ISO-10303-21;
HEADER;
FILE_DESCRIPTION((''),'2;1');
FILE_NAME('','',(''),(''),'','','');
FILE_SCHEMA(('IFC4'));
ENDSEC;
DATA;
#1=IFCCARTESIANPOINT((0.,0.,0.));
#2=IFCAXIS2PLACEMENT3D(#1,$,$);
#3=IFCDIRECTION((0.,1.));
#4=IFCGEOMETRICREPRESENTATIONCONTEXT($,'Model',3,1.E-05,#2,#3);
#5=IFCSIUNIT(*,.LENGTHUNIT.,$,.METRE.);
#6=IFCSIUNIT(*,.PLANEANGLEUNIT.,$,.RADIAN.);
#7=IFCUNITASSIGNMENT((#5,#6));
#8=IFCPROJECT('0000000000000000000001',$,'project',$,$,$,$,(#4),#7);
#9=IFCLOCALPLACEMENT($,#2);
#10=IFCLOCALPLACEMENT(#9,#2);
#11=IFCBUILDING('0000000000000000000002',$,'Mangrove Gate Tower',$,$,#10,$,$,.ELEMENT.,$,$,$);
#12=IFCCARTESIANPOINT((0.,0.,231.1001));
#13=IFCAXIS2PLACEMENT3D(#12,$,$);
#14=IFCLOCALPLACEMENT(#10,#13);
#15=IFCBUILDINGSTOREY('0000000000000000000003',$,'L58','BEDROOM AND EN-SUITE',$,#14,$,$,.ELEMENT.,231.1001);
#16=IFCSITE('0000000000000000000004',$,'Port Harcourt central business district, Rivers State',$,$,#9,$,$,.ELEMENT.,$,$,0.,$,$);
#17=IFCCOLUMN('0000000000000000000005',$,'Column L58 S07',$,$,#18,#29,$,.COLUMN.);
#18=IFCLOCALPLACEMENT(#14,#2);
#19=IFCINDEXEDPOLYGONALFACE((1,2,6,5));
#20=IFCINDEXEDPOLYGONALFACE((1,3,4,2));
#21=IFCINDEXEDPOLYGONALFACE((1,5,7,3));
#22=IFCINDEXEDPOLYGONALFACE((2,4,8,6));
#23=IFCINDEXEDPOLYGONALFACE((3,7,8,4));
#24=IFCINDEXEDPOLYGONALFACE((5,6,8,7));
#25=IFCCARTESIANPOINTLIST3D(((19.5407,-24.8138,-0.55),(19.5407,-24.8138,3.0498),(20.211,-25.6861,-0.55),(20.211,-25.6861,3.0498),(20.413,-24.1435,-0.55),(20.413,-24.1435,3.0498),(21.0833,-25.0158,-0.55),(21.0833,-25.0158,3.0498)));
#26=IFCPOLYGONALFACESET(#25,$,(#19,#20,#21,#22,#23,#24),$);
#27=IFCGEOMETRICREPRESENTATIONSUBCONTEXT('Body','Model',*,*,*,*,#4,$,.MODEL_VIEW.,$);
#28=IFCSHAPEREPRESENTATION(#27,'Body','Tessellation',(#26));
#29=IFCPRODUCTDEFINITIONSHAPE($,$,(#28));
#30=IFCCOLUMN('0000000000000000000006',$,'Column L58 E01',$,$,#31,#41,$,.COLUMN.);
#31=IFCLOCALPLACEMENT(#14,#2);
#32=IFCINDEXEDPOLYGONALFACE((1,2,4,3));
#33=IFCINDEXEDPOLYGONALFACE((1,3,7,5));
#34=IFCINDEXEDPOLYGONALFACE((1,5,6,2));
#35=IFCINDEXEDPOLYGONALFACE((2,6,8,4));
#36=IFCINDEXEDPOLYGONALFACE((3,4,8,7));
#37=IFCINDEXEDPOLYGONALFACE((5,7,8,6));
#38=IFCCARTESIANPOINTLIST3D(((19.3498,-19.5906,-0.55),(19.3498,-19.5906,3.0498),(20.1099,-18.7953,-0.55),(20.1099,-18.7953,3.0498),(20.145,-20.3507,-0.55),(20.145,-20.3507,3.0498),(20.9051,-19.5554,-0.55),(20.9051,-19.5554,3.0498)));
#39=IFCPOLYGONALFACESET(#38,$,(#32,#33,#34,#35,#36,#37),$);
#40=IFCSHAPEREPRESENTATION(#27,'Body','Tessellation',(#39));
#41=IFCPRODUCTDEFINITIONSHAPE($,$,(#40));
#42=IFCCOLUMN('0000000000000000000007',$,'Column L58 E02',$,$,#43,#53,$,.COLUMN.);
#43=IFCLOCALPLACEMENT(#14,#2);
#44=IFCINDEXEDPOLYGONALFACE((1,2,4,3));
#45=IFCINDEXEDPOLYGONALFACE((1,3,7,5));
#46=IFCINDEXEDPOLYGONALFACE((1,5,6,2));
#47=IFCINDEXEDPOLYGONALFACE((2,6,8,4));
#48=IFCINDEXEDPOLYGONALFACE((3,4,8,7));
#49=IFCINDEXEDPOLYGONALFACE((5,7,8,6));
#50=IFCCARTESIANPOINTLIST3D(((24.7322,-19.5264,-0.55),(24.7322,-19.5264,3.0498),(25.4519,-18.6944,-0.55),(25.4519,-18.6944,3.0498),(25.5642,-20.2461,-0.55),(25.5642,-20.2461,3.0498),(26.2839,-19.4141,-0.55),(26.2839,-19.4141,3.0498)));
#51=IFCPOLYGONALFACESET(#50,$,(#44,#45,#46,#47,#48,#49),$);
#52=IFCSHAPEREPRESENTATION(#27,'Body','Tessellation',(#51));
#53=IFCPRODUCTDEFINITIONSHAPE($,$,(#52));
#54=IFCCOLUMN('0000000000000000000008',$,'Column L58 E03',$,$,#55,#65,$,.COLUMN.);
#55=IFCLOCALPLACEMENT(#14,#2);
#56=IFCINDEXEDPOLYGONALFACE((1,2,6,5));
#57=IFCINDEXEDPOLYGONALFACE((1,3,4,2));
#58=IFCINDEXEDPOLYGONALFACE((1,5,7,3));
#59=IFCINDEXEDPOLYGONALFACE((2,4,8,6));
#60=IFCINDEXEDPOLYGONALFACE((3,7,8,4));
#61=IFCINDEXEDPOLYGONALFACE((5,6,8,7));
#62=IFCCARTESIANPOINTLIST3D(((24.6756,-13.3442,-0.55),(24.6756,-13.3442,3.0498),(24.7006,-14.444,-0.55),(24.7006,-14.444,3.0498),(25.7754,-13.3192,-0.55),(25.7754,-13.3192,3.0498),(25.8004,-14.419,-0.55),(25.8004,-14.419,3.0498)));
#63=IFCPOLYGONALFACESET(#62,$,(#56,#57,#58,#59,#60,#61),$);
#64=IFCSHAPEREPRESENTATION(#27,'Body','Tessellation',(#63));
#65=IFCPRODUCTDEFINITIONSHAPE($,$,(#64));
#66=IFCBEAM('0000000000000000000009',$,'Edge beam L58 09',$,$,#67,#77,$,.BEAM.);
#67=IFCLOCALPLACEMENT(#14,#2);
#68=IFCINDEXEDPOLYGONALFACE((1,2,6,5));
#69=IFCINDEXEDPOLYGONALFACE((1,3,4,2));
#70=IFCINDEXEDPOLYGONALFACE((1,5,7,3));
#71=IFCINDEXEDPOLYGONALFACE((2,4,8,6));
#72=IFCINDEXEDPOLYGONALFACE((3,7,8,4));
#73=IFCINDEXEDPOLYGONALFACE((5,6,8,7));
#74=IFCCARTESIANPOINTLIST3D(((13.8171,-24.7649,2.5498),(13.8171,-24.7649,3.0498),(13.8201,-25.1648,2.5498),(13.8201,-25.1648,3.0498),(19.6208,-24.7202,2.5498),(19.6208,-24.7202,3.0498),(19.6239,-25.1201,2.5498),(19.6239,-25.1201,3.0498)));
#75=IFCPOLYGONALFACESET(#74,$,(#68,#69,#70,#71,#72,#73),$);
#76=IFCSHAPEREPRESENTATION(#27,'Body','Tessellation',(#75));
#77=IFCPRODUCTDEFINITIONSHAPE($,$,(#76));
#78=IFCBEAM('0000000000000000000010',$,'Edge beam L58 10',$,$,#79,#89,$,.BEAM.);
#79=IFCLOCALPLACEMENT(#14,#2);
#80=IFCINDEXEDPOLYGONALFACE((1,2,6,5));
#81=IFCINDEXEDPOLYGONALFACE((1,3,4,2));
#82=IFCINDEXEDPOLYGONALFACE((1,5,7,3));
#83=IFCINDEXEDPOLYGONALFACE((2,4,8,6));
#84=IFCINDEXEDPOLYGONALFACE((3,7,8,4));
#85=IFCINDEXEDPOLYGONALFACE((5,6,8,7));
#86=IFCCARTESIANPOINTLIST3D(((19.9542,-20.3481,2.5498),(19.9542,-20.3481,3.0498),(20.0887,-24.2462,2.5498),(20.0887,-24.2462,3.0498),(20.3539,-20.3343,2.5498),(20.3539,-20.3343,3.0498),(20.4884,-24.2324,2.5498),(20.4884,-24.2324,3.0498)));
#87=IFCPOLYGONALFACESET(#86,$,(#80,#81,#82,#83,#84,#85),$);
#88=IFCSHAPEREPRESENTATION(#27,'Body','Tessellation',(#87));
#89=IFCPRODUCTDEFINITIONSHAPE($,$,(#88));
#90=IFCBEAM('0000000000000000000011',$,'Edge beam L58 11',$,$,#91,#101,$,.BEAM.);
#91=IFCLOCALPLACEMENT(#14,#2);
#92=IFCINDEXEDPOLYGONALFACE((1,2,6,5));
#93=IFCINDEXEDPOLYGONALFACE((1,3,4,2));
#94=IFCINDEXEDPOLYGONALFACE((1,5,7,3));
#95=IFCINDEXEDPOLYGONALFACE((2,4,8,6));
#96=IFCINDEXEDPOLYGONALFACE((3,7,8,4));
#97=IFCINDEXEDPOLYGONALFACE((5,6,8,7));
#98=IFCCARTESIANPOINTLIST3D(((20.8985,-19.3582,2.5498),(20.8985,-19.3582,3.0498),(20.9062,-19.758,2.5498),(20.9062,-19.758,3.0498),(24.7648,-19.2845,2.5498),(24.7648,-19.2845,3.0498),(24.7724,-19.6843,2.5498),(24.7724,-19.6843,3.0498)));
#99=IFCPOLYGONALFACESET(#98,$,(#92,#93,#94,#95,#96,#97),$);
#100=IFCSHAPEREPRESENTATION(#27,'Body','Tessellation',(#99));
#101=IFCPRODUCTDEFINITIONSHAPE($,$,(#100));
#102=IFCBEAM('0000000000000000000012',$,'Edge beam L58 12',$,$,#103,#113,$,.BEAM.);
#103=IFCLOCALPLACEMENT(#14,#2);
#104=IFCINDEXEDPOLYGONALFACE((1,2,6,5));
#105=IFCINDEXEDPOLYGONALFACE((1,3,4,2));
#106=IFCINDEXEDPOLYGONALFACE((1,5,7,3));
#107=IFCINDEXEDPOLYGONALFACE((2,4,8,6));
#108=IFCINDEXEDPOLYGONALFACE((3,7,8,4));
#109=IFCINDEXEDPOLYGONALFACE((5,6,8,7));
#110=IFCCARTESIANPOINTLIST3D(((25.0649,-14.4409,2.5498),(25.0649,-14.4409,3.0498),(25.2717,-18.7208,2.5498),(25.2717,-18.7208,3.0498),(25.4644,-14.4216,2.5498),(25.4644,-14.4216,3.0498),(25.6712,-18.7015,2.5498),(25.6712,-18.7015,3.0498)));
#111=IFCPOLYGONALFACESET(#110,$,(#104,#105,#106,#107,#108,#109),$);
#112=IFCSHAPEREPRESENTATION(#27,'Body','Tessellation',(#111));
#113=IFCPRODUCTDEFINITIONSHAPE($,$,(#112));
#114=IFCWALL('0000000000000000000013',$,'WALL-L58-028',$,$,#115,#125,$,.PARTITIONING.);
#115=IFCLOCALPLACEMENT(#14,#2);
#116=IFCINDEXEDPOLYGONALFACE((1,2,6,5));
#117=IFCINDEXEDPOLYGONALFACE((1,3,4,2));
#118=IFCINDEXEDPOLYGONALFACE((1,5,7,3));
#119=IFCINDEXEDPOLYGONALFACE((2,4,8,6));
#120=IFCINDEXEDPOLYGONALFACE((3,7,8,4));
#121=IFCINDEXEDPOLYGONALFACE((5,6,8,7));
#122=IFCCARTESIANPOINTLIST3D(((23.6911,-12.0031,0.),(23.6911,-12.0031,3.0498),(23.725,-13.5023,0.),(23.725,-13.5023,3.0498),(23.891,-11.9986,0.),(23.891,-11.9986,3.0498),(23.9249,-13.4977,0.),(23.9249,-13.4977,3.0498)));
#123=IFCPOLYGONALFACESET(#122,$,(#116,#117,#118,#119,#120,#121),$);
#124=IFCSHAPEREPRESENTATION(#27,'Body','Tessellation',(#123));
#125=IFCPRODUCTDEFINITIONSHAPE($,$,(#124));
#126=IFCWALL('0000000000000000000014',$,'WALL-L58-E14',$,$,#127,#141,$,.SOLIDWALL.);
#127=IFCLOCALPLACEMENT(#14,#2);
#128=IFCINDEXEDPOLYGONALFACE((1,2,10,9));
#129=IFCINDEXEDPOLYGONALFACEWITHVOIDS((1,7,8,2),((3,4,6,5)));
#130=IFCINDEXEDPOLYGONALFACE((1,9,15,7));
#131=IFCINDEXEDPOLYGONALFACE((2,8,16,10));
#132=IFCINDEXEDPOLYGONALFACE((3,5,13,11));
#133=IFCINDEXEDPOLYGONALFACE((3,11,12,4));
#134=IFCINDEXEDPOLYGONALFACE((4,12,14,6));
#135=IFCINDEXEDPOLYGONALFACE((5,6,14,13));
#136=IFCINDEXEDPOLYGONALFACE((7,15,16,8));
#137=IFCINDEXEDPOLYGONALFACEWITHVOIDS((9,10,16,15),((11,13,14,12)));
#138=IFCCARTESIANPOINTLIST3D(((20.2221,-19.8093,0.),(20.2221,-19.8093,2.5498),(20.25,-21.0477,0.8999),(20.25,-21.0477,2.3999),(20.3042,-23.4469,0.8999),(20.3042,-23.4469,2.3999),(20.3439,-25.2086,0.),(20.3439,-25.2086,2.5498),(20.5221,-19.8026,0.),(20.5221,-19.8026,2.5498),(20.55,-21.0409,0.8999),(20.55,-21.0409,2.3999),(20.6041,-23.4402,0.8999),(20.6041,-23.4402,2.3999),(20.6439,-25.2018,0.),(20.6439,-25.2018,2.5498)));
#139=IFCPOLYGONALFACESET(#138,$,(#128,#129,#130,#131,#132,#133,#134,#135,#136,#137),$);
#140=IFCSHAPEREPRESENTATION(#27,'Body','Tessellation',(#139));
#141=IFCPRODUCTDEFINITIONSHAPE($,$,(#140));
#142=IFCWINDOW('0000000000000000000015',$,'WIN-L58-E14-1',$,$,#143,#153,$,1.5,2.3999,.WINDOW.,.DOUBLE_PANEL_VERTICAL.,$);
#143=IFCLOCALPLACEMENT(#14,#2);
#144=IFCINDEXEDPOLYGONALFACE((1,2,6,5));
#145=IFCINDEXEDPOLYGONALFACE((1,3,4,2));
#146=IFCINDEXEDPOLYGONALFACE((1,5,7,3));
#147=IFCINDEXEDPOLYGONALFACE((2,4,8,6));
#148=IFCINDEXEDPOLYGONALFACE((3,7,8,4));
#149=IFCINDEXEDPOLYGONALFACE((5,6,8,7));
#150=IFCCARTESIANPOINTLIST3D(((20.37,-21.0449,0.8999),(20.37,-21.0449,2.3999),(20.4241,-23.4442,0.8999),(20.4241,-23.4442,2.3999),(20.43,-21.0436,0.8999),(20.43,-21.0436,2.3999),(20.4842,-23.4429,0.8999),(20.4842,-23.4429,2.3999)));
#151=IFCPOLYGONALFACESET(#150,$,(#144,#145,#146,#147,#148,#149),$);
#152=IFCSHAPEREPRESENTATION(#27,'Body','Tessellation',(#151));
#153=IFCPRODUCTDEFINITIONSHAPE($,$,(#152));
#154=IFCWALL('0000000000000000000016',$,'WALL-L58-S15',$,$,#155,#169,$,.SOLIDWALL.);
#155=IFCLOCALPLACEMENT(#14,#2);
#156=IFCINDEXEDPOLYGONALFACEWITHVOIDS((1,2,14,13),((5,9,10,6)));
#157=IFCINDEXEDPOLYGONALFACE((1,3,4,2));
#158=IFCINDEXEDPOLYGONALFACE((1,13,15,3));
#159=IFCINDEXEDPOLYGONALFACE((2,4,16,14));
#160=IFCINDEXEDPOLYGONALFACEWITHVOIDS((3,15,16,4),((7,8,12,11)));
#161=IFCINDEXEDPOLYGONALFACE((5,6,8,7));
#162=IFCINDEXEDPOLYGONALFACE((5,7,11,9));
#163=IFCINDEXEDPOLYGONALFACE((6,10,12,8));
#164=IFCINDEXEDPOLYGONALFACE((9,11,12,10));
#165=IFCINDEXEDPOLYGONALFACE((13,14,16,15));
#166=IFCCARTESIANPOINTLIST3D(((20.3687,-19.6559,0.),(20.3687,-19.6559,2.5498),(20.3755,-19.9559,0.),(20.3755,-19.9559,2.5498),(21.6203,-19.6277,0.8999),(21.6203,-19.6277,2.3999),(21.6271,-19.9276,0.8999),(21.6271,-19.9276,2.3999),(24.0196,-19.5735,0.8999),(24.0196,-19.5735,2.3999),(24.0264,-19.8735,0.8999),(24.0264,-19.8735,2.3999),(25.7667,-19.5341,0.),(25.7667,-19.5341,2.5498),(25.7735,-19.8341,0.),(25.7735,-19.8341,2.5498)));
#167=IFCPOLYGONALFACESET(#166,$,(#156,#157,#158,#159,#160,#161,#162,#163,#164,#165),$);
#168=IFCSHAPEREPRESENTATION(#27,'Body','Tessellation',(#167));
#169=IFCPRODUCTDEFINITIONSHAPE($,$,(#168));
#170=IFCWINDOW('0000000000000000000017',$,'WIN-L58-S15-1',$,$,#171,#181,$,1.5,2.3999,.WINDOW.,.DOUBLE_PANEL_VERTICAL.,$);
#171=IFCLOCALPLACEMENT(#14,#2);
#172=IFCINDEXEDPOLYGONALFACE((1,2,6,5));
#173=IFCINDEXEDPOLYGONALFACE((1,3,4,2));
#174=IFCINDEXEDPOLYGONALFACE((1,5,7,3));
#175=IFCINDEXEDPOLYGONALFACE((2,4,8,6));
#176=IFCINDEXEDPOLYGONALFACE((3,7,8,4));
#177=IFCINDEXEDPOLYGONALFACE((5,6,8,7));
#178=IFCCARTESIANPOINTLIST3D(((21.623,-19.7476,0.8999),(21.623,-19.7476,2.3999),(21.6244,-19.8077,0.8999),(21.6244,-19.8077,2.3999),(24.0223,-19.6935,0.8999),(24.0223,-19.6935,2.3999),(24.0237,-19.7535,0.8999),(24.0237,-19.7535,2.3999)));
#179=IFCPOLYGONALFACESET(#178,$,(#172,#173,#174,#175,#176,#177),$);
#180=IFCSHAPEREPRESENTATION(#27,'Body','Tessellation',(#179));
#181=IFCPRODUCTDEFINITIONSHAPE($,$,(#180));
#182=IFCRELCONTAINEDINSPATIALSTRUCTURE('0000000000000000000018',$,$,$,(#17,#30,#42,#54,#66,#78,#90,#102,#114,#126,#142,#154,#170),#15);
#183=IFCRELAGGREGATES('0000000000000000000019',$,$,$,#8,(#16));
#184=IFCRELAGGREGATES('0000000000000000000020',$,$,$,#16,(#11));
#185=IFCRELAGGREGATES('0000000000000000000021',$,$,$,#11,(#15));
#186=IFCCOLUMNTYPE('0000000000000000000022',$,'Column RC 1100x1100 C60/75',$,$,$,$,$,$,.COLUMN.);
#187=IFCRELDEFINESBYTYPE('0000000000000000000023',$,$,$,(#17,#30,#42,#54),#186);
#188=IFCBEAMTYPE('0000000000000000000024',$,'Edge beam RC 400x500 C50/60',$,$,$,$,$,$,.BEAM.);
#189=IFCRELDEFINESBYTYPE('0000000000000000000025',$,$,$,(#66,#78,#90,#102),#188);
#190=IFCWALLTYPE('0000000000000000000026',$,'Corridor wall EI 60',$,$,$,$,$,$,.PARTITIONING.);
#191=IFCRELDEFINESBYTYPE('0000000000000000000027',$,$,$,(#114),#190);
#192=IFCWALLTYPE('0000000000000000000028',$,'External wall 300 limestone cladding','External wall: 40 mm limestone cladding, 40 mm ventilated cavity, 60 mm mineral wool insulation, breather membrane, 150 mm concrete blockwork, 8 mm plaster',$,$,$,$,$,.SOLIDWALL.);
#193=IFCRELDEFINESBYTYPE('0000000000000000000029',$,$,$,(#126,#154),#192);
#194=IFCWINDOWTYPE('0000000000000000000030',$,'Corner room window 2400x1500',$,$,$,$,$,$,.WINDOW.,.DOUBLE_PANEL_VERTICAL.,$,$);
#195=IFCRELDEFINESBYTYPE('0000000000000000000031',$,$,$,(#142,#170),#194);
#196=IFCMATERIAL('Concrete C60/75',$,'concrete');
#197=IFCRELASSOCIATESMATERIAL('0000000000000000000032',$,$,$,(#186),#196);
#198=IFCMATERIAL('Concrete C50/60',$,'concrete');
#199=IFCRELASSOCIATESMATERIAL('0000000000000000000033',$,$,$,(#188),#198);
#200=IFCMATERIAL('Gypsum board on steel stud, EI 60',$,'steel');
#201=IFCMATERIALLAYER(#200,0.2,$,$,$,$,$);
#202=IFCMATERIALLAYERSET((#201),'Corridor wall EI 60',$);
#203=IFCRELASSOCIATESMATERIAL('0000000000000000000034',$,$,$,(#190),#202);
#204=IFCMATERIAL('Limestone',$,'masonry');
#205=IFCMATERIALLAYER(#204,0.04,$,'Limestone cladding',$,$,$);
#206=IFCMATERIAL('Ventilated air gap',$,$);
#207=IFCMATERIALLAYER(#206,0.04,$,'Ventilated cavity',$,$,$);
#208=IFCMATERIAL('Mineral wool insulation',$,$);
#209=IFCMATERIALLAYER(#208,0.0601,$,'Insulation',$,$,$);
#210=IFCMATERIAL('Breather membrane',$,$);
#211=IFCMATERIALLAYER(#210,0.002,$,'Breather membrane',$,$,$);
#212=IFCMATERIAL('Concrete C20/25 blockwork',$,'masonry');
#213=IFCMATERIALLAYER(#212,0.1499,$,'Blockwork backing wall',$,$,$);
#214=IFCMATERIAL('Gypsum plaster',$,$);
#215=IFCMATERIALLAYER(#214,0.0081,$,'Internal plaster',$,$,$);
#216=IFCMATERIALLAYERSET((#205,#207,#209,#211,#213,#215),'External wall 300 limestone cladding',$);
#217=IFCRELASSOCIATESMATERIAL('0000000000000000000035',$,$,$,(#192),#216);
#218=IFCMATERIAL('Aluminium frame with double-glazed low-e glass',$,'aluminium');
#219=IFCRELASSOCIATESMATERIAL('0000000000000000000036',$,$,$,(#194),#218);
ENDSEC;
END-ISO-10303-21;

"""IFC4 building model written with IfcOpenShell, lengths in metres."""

from ifc_helpers import new_model, si_unit, direction, frame, frame_2d, origin, origin_2d, place, context, subcontext, project, spatial, rectangle, extrude, material, layer, layer_set, material_profile, profile_set, type_object, element, fill, save


model = new_model("IFC4")

# Units and contexts
model_context = context("Model", 3, precision=1e-05, world=origin(), true_north=direction((0.0, 1.0)))
body_context = subcontext(model_context, "Body", "Model", "MODEL_VIEW")
ifc_project = project(units=[si_unit("LENGTHUNIT", "METRE"), si_unit("PLANEANGLEUNIT", "RADIAN")], contexts=[model_context])

# Site, building, storey
site_placement = place(None, origin())
site = spatial("IfcSite", under=ifc_project, at=site_placement, Name="Port Harcourt central business district, Rivers State", CompositionType="ELEMENT", RefElevation=0.0)
building_placement = place(site_placement, origin())
building = spatial("IfcBuilding", under=site, at=building_placement, Name="Mangrove Gate Tower", CompositionType="ELEMENT")
storey_placement = place(building_placement, frame((0.0, 0.0, 231.1001)))
storey = spatial("IfcBuildingStorey", under=building, at=storey_placement, Name="L58", Description="BEDROOM AND EN-SUITE", CompositionType="ELEMENT", Elevation=231.1001)

# Columns
ifc_material_1 = material(Name="Concrete C60/75", Category="concrete")
ifc_material_profile_1 = material_profile(ifc_material_1, rectangle(XDim=1.1001, YDim=1.1001, at=origin_2d()))
ifc_profile_set_1 = profile_set([ifc_material_profile_1], Name="Concrete C60/75")
column_type = type_object("IfcColumnType", Name="Column RC 1100x1100 C60/75", PredefinedType="COLUMN", material=ifc_profile_set_1)
for number, where, z_axis, x_axis, name in (
    (1, (20.312, -24.9148, -0.55), (0.0, 0.0, 1.0), (0.792958, 0.609277, 0.0), "Column L58 S07"),
    (2, (20.1274, -19.573, -0.55), (0.0, 0.0, 1.0), (0.690952, 0.722901, 0.0), "Column L58 E01"),
    (3, (25.5081, -19.4702, -0.55), (0.0, 0.0, 1.0), (0.654235, 0.756292, 0.0), "Column L58 E02"),
    (4, (25.238, -13.8816, -0.55), (0.0, 0.0, 1.0), (-0.022727, 0.999742, 0.0), "Column L58 E03"),
):
    element("IfcColumn", number, at=place(storey_placement, frame(where, z_axis=z_axis, x_axis=x_axis)), inside=storey, type_object=column_type, Name=name, PredefinedType="COLUMN", context=body_context, shape_type="SweptSolid", body=[
        extrude(rectangle(XDim=1.1001, YDim=1.1001, at=origin_2d()), origin(), (0.0, 0.0, 1.0), 3.5999),
    ])

# Beams
ifc_material_2 = material(Name="Concrete C50/60", Category="concrete")
ifc_material_profile_2 = material_profile(ifc_material_2, rectangle(XDim=0.3999, YDim=0.5, at=origin_2d()))
ifc_profile_set_2 = profile_set([ifc_material_profile_2], Name="Concrete C50/60")
beam_type = type_object("IfcBeamType", Name="Edge beam RC 400x500 C50/60", PredefinedType="BEAM", material=ifc_profile_set_2)
beam_1_placement = place(storey_placement, frame((13.8186, -24.9648, 2.7998), z_axis=(0.99997, 0.007698, 0.0), x_axis=(-0.007698, 0.99997, 0.0)))
element("IfcBeam", 5, at=beam_1_placement, inside=storey, type_object=beam_type, Name="Edge beam L58 09", PredefinedType="BEAM", context=body_context, shape_type="SweptSolid", body=[
    extrude(rectangle(XDim=0.3999, YDim=0.5, at=origin_2d()), origin(), (0.0, 0.0, 1.0), 5.804),
])
beam_2_placement = place(storey_placement, frame((20.2886, -24.2393, 2.7998), z_axis=(-0.03449, 0.999405, 0.0), x_axis=(-0.999405, -0.03449, 0.0)))
element("IfcBeam", 6, at=beam_2_placement, inside=storey, type_object=beam_type, Name="Edge beam L58 10", PredefinedType="BEAM", context=body_context, shape_type="SweptSolid", body=[
    extrude(rectangle(XDim=0.3999, YDim=0.5, at=origin_2d()), origin(), (0.0, 0.0, 1.0), 3.9004),
])
beam_3_placement = place(storey_placement, frame((20.9023, -19.5581, 2.7998), z_axis=(0.999818, 0.019067, 0.0), x_axis=(-0.019067, 0.999818, 0.0)))
element("IfcBeam", 7, at=beam_3_placement, inside=storey, type_object=beam_type, Name="Edge beam L58 11", PredefinedType="BEAM", context=body_context, shape_type="SweptSolid", body=[
    extrude(rectangle(XDim=0.3999, YDim=0.5, at=origin_2d()), origin(), (0.0, 0.0, 1.0), 3.8669),
])
beam_4_placement = place(storey_placement, frame((25.4714, -18.7112, 2.7998), z_axis=(-0.048258, 0.998835, 0.0), x_axis=(-0.998835, -0.048258, 0.0)))
element("IfcBeam", 8, at=beam_4_placement, inside=storey, type_object=beam_type, Name="Edge beam L58 12", PredefinedType="BEAM", context=body_context, shape_type="SweptSolid", body=[
    extrude(rectangle(XDim=0.3999, YDim=0.5, at=origin_2d()), origin(), (0.0, 0.0, 1.0), 4.2849),
])

# Wall
ifc_material_3 = material(Name="Gypsum board on steel stud, EI 60", Category="steel")
ifc_layer_1 = layer(ifc_material_3, 0.2)
ifc_layer_set_1 = layer_set([ifc_layer_1], Name="Corridor wall EI 60")
wall_type_1 = type_object("IfcWallType", Name="Corridor wall EI 60", PredefinedType="PARTITIONING", material=ifc_layer_set_1)
wall_1_placement = place(storey_placement, frame((23.825, -13.5, 0.0), z_axis=(0.0, 0.0, 1.0), x_axis=(-0.022633, 0.999744, 0.0)))
element("IfcWall", 9, at=wall_1_placement, inside=storey, type_object=wall_type_1, Name="WALL-L58-028", PredefinedType="PARTITIONING", context=body_context, shape_type="SweptSolid", body=[
    extrude(rectangle(XDim=1.4995, YDim=0.2, at=frame_2d((0.7498, 0.0))), origin(), (0.0, 0.0, 1.0), 3.0498),
])

# Shared definitions
ifc_material_4 = material(Name="Limestone", Category="masonry")
ifc_layer_2 = layer(ifc_material_4, 0.04, Name="Limestone cladding")
ifc_material_5 = material(Name="Ventilated air gap")
ifc_layer_3 = layer(ifc_material_5, 0.04, Name="Ventilated cavity")
ifc_material_6 = material(Name="Mineral wool insulation")
ifc_layer_4 = layer(ifc_material_6, 0.0601, Name="Insulation")
ifc_material_7 = material(Name="Breather membrane")
ifc_layer_5 = layer(ifc_material_7, 0.002, Name="Breather membrane")
ifc_material_8 = material(Name="Concrete C20/25 blockwork", Category="masonry")
ifc_layer_6 = layer(ifc_material_8, 0.1499, Name="Blockwork backing wall")
ifc_material_9 = material(Name="Gypsum plaster")
ifc_layer_7 = layer(ifc_material_9, 0.0081, Name="Internal plaster")
ifc_layer_set_2 = layer_set([ifc_layer_2, ifc_layer_3, ifc_layer_4, ifc_layer_5, ifc_layer_6, ifc_layer_7], Name="External wall 300 limestone cladding")
wall_type_2 = type_object("IfcWallType", Name="External wall 300 limestone cladding", Description="External wall: 40 mm limestone cladding, 40 mm ventilated cavity, 60 mm mineral wool insulation, breather membrane, 150 mm concrete blockwork, 8 mm plaster", PredefinedType="SOLIDWALL", material=ifc_layer_set_2)
ifc_material_10 = material(Name="Aluminium frame with double-glazed low-e glass", Category="aluminium")
window_type = type_object("IfcWindowType", Name="Corner room window 2400x1500", PartitioningType="DOUBLE_PANEL_VERTICAL", PredefinedType="WINDOW", material=ifc_material_10)

# Walls, openings, windows
wall_2_placement = place(storey_placement, frame((20.4939, -25.2051, 0.0), z_axis=(0.0, 0.0, 1.0), x_axis=(-0.022558, 0.999746, 0.0)))
wall_2 = element("IfcWall", 10, at=wall_2_placement, inside=storey, type_object=wall_type_2, Name="WALL-L58-E14", PredefinedType="SOLIDWALL", context=body_context, shape_type="SweptSolid", body=[
    extrude(rectangle(XDim=5.4006, YDim=0.3, at=frame_2d((2.7002, 0.0))), origin(), (0.0, 0.0, 1.0), 2.5498),
])
opening_1_placement = place(wall_2_placement, frame((1.762, 0.0, 0.8999)))
opening_1 = element("IfcOpeningElement", 11, at=opening_1_placement, cuts=wall_2, PredefinedType="OPENING", context=body_context, shape_type="SweptSolid", body=[
    extrude(rectangle(XDim=2.3999, YDim=1.5, at=frame_2d((1.2, 0.75))), frame((0.0, 0.1599, 0.0), z_axis=(0.0, -1.0, 0.0), x_axis=(1.0, 0.0, 0.0)), (0.0, 0.0, 1.0), 0.3201),
])
window_1_placement = place(opening_1_placement, origin())
window_1 = element("IfcWindow", 12, at=window_1_placement, inside=storey, type_object=window_type, Name="WIN-L58-E14-1", OverallHeight=1.5, OverallWidth=2.3999, PartitioningType="DOUBLE_PANEL_VERTICAL", PredefinedType="WINDOW", context=body_context, shape_type="SweptSolid", body=[
    extrude(rectangle(XDim=2.3999, YDim=1.5, at=frame_2d((1.2, 0.75))), frame((0.0, 0.03, 0.0), z_axis=(0.0, -1.0, 0.0), x_axis=(1.0, 0.0, 0.0)), (0.0, 0.0, 1.0), 0.0601),
])
fill(opening_1, window_1)
wall_3_placement = place(storey_placement, frame((20.3721, -19.8059, 0.0), z_axis=(0.0, 0.0, 1.0), x_axis=(0.999745, 0.022563, 0.0)))
wall_3 = element("IfcWall", 13, at=wall_3_placement, inside=storey, type_object=wall_type_2, Name="WALL-L58-S15", PredefinedType="SOLIDWALL", context=body_context, shape_type="SweptSolid", body=[
    extrude(rectangle(XDim=5.3994, YDim=0.3, at=frame_2d((2.6997, 0.0))), origin(), (0.0, 0.0, 1.0), 2.5498),
])
opening_2_placement = place(wall_3_placement, frame((1.252, 0.0, 0.8999)))
opening_2 = element("IfcOpeningElement", 14, at=opening_2_placement, cuts=wall_3, PredefinedType="OPENING", context=body_context, shape_type="SweptSolid", body=[
    extrude(rectangle(XDim=2.3999, YDim=1.5, at=frame_2d((1.2, 0.75))), frame((0.0, 0.1599, 0.0), z_axis=(0.0, -1.0, 0.0), x_axis=(1.0, 0.0, 0.0)), (0.0, 0.0, 1.0), 0.3201),
])
window_2_placement = place(opening_2_placement, origin())
window_2 = element("IfcWindow", 15, at=window_2_placement, inside=storey, type_object=window_type, Name="WIN-L58-S15-1", OverallHeight=1.5, OverallWidth=2.3999, PartitioningType="DOUBLE_PANEL_VERTICAL", PredefinedType="WINDOW", context=body_context, shape_type="SweptSolid", body=[
    extrude(rectangle(XDim=2.3999, YDim=1.5, at=frame_2d((1.2, 0.75))), frame((0.0, 0.03, 0.0), z_axis=(0.0, -1.0, 0.0), x_axis=(1.0, 0.0, 0.0)), (0.0, 0.0, 1.0), 0.0601),
])
fill(opening_2, window_2)

save(model, "model.ifc")
